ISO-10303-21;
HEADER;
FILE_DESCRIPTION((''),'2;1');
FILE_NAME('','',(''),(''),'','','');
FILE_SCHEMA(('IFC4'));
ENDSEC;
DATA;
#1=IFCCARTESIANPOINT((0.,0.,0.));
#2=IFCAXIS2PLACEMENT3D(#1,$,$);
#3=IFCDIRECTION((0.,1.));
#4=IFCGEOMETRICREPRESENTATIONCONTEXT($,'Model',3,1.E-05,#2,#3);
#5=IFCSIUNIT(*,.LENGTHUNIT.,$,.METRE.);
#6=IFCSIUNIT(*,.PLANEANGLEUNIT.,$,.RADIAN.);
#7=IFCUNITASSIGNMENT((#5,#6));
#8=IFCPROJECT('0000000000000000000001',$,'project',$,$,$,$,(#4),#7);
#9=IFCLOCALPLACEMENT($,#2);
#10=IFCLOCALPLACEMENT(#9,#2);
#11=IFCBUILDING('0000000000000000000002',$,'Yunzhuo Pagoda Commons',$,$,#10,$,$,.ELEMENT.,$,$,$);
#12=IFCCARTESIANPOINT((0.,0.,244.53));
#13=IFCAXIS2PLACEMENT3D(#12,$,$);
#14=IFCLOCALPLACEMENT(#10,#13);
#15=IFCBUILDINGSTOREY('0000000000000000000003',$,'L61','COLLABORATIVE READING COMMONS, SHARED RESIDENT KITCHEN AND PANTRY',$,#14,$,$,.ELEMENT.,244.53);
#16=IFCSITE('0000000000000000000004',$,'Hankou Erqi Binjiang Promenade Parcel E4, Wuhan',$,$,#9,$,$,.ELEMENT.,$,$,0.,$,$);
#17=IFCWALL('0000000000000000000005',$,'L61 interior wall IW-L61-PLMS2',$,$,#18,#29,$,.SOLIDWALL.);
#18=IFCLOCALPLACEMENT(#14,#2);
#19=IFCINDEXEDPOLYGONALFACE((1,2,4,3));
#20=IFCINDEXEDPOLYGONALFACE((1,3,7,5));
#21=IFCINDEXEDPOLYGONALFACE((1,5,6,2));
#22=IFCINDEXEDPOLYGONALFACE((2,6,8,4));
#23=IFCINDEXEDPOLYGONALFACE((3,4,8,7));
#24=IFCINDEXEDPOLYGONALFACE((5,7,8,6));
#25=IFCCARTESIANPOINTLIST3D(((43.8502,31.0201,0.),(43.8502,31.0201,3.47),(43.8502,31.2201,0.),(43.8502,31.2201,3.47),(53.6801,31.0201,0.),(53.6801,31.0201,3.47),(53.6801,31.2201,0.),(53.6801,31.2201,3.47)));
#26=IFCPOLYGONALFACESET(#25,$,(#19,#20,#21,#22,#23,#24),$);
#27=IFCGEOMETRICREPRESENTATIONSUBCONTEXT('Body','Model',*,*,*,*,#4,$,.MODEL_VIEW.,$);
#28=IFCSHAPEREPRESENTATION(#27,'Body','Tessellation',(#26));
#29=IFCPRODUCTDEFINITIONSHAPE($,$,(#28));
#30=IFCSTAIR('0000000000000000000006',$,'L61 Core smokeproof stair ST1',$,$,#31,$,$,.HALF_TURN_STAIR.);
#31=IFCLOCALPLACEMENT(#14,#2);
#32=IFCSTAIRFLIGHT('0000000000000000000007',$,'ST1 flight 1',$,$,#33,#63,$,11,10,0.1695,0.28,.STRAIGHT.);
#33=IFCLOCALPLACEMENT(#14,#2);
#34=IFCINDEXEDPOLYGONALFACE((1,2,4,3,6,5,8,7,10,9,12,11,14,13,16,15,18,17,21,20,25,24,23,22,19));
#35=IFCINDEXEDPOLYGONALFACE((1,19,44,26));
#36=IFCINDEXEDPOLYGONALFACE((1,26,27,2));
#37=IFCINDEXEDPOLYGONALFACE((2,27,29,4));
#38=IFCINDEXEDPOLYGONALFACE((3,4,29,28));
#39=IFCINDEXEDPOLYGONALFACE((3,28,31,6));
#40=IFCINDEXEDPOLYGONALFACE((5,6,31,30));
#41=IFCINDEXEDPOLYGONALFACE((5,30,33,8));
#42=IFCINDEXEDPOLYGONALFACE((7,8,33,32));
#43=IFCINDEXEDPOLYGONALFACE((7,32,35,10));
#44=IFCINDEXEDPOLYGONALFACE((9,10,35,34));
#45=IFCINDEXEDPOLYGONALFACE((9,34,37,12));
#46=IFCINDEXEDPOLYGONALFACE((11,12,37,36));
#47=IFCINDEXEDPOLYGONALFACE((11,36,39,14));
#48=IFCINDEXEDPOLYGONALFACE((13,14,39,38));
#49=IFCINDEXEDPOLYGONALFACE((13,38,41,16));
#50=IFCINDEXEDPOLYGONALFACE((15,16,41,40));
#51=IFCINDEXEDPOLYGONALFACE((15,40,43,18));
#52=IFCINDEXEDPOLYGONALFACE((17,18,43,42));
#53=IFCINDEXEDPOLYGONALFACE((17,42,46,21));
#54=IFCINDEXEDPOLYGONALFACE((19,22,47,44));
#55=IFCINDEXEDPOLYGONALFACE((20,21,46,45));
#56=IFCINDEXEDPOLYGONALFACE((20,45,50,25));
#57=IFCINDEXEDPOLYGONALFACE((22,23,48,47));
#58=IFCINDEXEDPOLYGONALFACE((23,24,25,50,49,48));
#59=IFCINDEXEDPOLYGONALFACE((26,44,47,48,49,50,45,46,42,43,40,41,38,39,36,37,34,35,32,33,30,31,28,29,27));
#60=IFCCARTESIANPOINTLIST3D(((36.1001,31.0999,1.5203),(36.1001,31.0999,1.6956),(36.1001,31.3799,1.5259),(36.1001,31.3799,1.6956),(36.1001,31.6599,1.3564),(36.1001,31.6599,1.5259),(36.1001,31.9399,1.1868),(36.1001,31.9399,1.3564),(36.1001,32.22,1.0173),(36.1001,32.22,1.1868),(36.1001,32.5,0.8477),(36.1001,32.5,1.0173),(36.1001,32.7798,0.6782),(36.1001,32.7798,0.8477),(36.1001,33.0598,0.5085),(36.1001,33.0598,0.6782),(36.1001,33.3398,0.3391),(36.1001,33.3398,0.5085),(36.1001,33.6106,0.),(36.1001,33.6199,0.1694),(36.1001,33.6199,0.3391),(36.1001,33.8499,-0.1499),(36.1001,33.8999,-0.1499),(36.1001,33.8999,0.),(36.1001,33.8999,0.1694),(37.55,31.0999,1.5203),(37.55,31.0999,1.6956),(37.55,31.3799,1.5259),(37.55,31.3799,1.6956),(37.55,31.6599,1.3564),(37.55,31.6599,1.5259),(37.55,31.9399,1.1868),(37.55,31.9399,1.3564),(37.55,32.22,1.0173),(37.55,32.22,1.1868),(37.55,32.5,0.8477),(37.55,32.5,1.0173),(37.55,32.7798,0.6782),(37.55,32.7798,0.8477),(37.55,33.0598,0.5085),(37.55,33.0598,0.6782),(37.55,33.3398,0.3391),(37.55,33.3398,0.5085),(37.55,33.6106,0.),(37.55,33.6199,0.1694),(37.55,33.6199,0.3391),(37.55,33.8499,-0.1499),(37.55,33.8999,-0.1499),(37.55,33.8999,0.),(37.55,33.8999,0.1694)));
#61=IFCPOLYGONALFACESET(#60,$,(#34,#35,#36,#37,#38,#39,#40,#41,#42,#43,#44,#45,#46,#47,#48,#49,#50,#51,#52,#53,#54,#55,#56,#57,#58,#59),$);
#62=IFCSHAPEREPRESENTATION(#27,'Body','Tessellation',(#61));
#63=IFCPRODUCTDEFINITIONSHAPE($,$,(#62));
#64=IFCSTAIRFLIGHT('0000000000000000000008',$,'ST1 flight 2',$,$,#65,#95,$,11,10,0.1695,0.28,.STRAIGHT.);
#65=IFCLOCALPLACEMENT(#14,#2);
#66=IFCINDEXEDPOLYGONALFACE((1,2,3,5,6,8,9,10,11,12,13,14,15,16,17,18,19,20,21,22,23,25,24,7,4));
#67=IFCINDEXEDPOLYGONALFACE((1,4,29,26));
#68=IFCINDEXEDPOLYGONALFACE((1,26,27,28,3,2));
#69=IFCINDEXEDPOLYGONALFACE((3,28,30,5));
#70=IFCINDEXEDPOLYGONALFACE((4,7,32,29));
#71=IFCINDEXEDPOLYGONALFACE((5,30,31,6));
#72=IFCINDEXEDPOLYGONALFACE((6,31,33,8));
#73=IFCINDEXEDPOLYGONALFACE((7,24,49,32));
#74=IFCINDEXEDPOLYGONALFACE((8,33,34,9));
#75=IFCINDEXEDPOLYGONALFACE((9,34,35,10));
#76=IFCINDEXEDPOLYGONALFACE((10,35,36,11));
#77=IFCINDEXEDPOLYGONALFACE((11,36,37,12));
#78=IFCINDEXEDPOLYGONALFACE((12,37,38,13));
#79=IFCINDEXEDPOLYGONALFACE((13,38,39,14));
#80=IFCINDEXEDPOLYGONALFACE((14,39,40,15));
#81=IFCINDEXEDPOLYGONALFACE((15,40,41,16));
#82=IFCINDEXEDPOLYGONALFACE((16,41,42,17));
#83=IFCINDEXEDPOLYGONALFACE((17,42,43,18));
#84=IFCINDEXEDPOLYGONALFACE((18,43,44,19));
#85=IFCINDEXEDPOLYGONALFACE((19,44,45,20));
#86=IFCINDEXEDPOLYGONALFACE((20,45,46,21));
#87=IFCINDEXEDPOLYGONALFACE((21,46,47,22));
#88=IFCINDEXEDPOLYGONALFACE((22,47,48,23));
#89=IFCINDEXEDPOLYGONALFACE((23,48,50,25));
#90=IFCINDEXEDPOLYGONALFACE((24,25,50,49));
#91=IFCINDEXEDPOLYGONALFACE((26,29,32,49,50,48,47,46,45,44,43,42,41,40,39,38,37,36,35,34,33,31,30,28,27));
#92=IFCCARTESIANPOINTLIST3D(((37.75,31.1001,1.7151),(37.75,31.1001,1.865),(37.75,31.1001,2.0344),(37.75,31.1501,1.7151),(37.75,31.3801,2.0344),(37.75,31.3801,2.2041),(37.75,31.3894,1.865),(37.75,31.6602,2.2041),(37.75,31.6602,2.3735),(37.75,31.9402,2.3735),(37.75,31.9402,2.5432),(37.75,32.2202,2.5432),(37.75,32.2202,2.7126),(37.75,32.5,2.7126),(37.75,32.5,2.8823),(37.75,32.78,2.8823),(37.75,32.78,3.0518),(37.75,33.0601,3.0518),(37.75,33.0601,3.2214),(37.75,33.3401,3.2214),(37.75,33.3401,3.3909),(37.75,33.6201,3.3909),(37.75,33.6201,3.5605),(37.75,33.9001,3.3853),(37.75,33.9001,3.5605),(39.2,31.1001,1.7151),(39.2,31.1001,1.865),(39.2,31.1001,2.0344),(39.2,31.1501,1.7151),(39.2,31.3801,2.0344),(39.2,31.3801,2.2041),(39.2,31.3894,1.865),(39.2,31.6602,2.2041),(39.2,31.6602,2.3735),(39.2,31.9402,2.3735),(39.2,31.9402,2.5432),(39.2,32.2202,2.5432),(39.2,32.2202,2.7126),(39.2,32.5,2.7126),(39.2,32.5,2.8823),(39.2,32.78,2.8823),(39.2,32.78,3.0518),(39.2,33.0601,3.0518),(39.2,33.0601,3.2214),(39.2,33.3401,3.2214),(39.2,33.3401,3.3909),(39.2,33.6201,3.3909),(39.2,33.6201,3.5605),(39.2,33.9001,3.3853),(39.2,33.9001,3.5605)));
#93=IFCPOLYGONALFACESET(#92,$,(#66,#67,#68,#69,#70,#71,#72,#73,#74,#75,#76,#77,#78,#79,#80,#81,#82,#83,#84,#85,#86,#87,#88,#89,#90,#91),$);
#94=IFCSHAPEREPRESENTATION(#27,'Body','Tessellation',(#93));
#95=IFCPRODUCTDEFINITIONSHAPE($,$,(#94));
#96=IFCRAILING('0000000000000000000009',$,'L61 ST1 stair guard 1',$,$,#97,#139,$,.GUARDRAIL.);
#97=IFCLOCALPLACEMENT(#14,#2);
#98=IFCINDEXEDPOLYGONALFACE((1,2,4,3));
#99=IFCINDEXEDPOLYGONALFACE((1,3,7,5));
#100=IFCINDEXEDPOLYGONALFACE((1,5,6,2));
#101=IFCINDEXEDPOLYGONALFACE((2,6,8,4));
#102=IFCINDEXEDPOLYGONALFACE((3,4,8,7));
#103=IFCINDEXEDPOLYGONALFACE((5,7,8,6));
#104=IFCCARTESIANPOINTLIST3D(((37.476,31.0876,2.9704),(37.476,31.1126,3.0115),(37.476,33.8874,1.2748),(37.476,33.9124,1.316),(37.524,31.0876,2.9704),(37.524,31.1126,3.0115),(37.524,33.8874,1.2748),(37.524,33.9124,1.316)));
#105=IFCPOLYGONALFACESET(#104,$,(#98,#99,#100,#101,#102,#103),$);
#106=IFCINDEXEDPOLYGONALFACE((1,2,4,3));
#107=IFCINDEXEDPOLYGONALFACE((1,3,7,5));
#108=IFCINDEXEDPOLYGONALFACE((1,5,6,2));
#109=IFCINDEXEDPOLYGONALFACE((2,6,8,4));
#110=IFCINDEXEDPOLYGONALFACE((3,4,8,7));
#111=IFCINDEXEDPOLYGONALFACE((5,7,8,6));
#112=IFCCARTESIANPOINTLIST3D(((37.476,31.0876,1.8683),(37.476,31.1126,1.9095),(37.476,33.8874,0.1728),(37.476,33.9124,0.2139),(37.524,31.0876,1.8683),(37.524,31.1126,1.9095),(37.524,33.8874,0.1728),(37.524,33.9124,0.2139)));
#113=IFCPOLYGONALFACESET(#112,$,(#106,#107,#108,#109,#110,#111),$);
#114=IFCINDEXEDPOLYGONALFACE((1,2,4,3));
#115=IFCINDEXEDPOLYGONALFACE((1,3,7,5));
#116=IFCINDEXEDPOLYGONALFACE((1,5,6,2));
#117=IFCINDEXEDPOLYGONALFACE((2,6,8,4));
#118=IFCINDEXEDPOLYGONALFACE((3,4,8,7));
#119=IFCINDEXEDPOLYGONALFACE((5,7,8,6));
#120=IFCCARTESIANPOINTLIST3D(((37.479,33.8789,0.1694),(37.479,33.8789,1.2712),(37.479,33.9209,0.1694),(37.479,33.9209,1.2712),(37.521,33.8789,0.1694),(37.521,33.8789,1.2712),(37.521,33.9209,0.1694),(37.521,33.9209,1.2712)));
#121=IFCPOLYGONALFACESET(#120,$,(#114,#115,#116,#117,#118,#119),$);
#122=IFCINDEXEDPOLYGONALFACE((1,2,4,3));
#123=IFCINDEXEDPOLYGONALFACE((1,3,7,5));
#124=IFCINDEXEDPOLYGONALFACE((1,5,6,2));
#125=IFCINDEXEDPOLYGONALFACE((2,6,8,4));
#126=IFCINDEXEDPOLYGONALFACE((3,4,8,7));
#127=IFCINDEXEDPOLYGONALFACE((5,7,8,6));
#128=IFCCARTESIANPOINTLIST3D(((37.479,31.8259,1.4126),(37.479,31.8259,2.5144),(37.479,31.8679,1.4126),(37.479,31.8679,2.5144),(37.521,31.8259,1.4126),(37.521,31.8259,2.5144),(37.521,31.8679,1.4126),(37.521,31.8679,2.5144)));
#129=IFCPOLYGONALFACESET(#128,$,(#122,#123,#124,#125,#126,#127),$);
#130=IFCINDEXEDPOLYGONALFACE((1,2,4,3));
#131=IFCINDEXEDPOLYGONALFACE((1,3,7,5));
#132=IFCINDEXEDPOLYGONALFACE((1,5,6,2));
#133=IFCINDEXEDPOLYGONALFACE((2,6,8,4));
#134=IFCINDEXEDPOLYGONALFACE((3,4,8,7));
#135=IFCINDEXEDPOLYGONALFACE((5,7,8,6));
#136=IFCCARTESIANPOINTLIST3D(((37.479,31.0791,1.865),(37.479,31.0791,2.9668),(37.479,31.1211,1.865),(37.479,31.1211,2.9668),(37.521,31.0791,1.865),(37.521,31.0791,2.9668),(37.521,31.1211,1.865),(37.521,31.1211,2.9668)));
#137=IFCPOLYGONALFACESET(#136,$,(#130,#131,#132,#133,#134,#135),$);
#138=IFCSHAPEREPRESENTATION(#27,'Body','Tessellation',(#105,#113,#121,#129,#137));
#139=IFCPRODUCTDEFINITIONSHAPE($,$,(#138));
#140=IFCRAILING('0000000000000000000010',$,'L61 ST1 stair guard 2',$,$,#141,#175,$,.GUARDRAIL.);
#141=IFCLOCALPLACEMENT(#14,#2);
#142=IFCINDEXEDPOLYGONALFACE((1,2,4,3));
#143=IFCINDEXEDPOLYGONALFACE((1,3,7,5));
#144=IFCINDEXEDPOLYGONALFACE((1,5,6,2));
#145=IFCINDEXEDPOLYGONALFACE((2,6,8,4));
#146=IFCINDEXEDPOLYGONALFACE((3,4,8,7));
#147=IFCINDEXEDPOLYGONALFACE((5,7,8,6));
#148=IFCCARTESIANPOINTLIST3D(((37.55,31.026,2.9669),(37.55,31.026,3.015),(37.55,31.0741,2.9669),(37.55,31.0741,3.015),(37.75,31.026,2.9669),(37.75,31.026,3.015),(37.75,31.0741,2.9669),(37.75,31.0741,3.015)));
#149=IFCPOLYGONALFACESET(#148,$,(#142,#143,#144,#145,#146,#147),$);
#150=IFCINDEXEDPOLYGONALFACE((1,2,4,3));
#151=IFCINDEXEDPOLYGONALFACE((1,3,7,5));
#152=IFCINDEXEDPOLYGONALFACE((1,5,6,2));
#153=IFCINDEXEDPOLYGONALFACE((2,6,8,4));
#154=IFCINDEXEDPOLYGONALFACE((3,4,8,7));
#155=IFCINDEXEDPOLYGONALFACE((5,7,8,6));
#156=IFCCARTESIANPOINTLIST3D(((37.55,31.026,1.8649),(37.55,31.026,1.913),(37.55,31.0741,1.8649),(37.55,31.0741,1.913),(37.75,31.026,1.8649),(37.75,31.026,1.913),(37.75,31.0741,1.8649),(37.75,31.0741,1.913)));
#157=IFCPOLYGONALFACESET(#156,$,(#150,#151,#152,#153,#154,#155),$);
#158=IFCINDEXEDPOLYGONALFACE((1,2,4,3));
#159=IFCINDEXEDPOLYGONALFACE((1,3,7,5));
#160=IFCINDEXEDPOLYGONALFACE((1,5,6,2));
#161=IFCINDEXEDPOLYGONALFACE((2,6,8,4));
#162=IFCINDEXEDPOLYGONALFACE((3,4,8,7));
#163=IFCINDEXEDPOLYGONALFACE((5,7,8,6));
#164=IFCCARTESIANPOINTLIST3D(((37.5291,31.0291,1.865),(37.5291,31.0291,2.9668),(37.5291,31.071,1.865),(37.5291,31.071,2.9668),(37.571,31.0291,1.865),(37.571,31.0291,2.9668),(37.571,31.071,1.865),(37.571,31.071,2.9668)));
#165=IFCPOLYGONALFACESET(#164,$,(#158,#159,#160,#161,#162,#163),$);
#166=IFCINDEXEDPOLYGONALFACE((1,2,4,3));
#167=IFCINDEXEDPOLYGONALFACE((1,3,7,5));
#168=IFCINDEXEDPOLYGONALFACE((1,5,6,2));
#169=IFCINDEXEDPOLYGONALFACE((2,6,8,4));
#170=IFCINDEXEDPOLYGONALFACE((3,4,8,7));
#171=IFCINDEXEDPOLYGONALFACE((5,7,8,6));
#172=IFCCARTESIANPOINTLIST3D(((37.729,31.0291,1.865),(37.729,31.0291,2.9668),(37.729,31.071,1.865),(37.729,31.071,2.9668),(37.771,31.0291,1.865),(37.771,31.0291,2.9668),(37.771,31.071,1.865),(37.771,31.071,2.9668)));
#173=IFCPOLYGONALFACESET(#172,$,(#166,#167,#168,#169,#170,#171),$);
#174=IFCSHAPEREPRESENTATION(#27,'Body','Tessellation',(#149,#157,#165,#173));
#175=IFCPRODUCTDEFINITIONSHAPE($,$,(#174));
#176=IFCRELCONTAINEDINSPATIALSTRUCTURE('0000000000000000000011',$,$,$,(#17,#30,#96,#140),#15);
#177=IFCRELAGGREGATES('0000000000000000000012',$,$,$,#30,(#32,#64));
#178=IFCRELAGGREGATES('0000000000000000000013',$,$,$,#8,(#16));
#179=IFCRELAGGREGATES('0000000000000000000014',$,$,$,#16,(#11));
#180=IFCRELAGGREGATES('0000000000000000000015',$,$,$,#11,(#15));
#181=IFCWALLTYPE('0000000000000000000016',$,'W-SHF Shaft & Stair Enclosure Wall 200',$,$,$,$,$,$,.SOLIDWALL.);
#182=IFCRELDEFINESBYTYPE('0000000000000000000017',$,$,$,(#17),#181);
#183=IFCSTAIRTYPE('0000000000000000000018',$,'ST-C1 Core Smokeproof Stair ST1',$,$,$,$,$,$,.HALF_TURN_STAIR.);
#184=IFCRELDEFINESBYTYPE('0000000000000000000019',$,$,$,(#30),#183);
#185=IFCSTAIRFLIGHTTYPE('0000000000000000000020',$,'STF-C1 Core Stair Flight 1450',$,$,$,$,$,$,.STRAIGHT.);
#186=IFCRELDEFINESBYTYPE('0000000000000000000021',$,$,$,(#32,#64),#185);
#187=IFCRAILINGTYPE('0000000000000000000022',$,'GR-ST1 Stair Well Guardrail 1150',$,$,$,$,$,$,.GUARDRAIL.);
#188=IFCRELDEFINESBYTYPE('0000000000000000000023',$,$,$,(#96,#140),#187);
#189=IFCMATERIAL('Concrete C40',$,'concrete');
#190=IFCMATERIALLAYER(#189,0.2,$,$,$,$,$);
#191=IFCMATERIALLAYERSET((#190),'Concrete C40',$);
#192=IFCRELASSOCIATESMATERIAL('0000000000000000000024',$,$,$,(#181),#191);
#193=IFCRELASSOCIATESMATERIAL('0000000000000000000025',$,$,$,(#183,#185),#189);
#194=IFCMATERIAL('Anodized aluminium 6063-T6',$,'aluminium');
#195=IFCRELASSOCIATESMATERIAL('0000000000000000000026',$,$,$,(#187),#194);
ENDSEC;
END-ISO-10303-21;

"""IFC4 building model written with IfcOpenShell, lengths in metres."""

from ifc_helpers import new_model, si_unit, direction, frame, frame_2d, origin, origin_2d, place, context, subcontext, project, spatial, polyline, rectangle, outline, extrude, source, transform, mapped, material, layer, layer_set, type_object, element, aggregate, save


model = new_model("IFC4")

# Units and contexts
model_context = context("Model", 3, precision=1e-05, world=origin(), true_north=direction((0.0, 1.0)))
body_context = subcontext(model_context, "Body", "Model", "MODEL_VIEW")
ifc_project = project(units=[si_unit("LENGTHUNIT", "METRE"), si_unit("PLANEANGLEUNIT", "RADIAN")], contexts=[model_context])

# Site, building, storey
site_placement = place(None, origin())
site = spatial("IfcSite", under=ifc_project, at=site_placement, Name="Hankou Erqi Binjiang Promenade Parcel E4, Wuhan", CompositionType="ELEMENT", RefElevation=0.0)
building_placement = place(site_placement, origin())
building = spatial("IfcBuilding", under=site, at=building_placement, Name="Yunzhuo Pagoda Commons", CompositionType="ELEMENT")
storey_placement = place(building_placement, frame((0.0, 0.0, 244.53)))
storey = spatial("IfcBuildingStorey", under=building, at=storey_placement, Name="L61", Description="COLLABORATIVE READING COMMONS, SHARED RESIDENT KITCHEN AND PANTRY", CompositionType="ELEMENT", Elevation=244.53)

# Shared definitions
ifc_material_1 = material(Name="Concrete C40", Category="concrete")
ifc_layer_1 = layer(ifc_material_1, 0.2)
ifc_layer_set_1 = layer_set([ifc_layer_1], Name="Concrete C40")
wall_type_1 = type_object("IfcWallType", Name="W-SHF Shaft & Stair Enclosure Wall 200", PredefinedType="SOLIDWALL", material=ifc_layer_set_1)

# Wall
wall_1_placement = place(storey_placement, frame((43.8501, 31.1201, 0.0), z_axis=(0.0, 0.0, 1.0), x_axis=(1.0, 0.0, 0.0)))
element("IfcWall", 1, at=wall_1_placement, inside=storey, type_object=wall_type_1, Name="L61 interior wall IW-L61-PLMS2", PredefinedType="SOLIDWALL", context=body_context, shape_type="SweptSolid", body=[
    extrude(rectangle(XDim=9.8298, YDim=0.2, at=frame_2d((4.915, 0.0))), origin(), (0.0, 0.0, 1.0), 3.47),
])

# Stair, stair flights
stair_type = type_object("IfcStairType", Name="ST-C1 Core Smokeproof Stair ST1", PredefinedType="HALF_TURN_STAIR", material=ifc_material_1)
stair_placement = place(storey_placement, origin())
stair = element("IfcStair", 2, at=stair_placement, inside=storey, type_object=stair_type, Name="L61 Core smokeproof stair ST1", PredefinedType="HALF_TURN_STAIR")
stair_flight_type = type_object("IfcStairFlightType", Name="STF-C1 Core Stair Flight 1450", PredefinedType="STRAIGHT", material=ifc_material_1)
shared_shape_1 = source(origin(), body_context, "Body", "SweptSolid", [
    extrude(outline(polyline([(0.0, -0.1499), (0.0, 0.0), (0.0, 0.1694), (0.28, 0.1694), (0.28, 0.3391), (0.5601, 0.3391), (0.5601, 0.5085), (0.8401, 0.5085), (0.8401, 0.6782), (1.1201, 0.6782), (1.1201, 0.8477), (1.3999, 0.8477), (1.3999, 1.0173), (1.6799, 1.0173), (1.6799, 1.1868), (1.96, 1.1868), (1.96, 1.3564), (2.24, 1.3564), (2.24, 1.5259), (2.52, 1.5259), (2.52, 1.6956), (2.8, 1.6956), (2.8, 1.865), (2.8, 1.5203), (0.2893, 0.0), (0.05, -0.1499), (0.0, -0.1499)])), frame((0.0, 0.7251, 0.0), z_axis=(0.0, -1.0, 0.0), x_axis=(1.0, 0.0, 0.0)), (0.0, 0.0, 1.0), 1.45),
])
stair_flight_1_placement = place(storey_placement, frame((36.825, 33.8999, 0.0), z_axis=(0.0, 0.0, 1.0), x_axis=(0.0, -1.0, 0.0)))
stair_flight_1 = element("IfcStairFlight", 3, at=stair_flight_1_placement, type_object=stair_flight_type, Name="ST1 flight 1", NumberOfRisers=11, NumberOfTreads=10, PredefinedType="STRAIGHT", RiserHeight=0.1695, TreadLength=0.28, context=body_context, shape_type="MappedRepresentation", body=[
    mapped(shared_shape_1, transform((0.0, 0.0, 0.0), scale=1.0)),
])
stair_flight_2_placement = place(storey_placement, frame((38.4751, 31.1001, 1.865), z_axis=(0.0, 0.0, 1.0), x_axis=(0.0, 1.0, 0.0)))
stair_flight_2 = element("IfcStairFlight", 4, at=stair_flight_2_placement, type_object=stair_flight_type, Name="ST1 flight 2", NumberOfRisers=11, NumberOfTreads=10, PredefinedType="STRAIGHT", RiserHeight=0.1695, TreadLength=0.28, context=body_context, shape_type="MappedRepresentation", body=[
    mapped(shared_shape_1, transform((0.0, 0.0, 0.0), scale=1.0)),
])
aggregate(stair, [stair_flight_1, stair_flight_2])

# Railings
ifc_material_2 = material(Name="Anodized aluminium 6063-T6", Category="aluminium")
railing_type_1 = type_object("IfcRailingType", Name="GR-ST1 Stair Well Guardrail 1150", PredefinedType="GUARDRAIL", material=ifc_material_2)
railing_1_placement = place(storey_placement, frame((37.5, 33.8999, 0.1694)))
element("IfcRailing", 5, at=railing_1_placement, inside=storey, type_object=railing_type_1, Name="L61 ST1 stair guard 1", PredefinedType="GUARDRAIL", context=body_context, shape_type="SweptSolid", body=[
    extrude(rectangle(XDim=0.0481, YDim=0.0481, at=origin_2d()), frame((0.0, 0.0, 1.126), z_axis=(0.0, -0.855373, 0.518012), x_axis=(1.0, 0.0, 0.0)), (0.0, 0.0, 1.0), 3.2732),
    extrude(rectangle(XDim=0.0481, YDim=0.0481, at=origin_2d()), frame((0.0, 0.0, 0.0239), z_axis=(0.0, -0.855373, 0.518012), x_axis=(1.0, 0.0, 0.0)), (0.0, 0.0, 1.0), 3.2732),
    extrude(rectangle(XDim=0.042, YDim=0.042, at=origin_2d()), origin(), (0.0, 0.0, 1.0), 1.1018),
    extrude(rectangle(XDim=0.042, YDim=0.042, at=origin_2d()), frame((0.0, -2.053, 1.2432)), (0.0, 0.0, 1.0), 1.1018),
    extrude(rectangle(XDim=0.042, YDim=0.042, at=origin_2d()), frame((0.0, -2.7998, 1.6956)), (0.0, 0.0, 1.0), 1.1018),
])
railing_2_placement = place(storey_placement, frame((37.55, 31.05, 1.865)))
element("IfcRailing", 6, at=railing_2_placement, inside=storey, type_object=railing_type_1, Name="L61 ST1 stair guard 2", PredefinedType="GUARDRAIL", context=body_context, shape_type="SweptSolid", body=[
    extrude(rectangle(XDim=0.0481, YDim=0.0481, at=origin_2d()), frame((0.0, 0.0, 1.126), z_axis=(1.0, 0.0, 0.0), x_axis=(0.0, 1.0, 0.0)), (0.0, 0.0, 1.0), 0.2),
    extrude(rectangle(XDim=0.0481, YDim=0.0481, at=origin_2d()), frame((0.0, 0.0, 0.0239), z_axis=(1.0, 0.0, 0.0), x_axis=(0.0, 1.0, 0.0)), (0.0, 0.0, 1.0), 0.2),
    extrude(rectangle(XDim=0.042, YDim=0.042, at=origin_2d()), origin(), (0.0, 0.0, 1.0), 1.1018),
    extrude(rectangle(XDim=0.042, YDim=0.042, at=origin_2d()), frame((0.2, 0.0, 0.0)), (0.0, 0.0, 1.0), 1.1018),
])

save(model, "model.ifc")
